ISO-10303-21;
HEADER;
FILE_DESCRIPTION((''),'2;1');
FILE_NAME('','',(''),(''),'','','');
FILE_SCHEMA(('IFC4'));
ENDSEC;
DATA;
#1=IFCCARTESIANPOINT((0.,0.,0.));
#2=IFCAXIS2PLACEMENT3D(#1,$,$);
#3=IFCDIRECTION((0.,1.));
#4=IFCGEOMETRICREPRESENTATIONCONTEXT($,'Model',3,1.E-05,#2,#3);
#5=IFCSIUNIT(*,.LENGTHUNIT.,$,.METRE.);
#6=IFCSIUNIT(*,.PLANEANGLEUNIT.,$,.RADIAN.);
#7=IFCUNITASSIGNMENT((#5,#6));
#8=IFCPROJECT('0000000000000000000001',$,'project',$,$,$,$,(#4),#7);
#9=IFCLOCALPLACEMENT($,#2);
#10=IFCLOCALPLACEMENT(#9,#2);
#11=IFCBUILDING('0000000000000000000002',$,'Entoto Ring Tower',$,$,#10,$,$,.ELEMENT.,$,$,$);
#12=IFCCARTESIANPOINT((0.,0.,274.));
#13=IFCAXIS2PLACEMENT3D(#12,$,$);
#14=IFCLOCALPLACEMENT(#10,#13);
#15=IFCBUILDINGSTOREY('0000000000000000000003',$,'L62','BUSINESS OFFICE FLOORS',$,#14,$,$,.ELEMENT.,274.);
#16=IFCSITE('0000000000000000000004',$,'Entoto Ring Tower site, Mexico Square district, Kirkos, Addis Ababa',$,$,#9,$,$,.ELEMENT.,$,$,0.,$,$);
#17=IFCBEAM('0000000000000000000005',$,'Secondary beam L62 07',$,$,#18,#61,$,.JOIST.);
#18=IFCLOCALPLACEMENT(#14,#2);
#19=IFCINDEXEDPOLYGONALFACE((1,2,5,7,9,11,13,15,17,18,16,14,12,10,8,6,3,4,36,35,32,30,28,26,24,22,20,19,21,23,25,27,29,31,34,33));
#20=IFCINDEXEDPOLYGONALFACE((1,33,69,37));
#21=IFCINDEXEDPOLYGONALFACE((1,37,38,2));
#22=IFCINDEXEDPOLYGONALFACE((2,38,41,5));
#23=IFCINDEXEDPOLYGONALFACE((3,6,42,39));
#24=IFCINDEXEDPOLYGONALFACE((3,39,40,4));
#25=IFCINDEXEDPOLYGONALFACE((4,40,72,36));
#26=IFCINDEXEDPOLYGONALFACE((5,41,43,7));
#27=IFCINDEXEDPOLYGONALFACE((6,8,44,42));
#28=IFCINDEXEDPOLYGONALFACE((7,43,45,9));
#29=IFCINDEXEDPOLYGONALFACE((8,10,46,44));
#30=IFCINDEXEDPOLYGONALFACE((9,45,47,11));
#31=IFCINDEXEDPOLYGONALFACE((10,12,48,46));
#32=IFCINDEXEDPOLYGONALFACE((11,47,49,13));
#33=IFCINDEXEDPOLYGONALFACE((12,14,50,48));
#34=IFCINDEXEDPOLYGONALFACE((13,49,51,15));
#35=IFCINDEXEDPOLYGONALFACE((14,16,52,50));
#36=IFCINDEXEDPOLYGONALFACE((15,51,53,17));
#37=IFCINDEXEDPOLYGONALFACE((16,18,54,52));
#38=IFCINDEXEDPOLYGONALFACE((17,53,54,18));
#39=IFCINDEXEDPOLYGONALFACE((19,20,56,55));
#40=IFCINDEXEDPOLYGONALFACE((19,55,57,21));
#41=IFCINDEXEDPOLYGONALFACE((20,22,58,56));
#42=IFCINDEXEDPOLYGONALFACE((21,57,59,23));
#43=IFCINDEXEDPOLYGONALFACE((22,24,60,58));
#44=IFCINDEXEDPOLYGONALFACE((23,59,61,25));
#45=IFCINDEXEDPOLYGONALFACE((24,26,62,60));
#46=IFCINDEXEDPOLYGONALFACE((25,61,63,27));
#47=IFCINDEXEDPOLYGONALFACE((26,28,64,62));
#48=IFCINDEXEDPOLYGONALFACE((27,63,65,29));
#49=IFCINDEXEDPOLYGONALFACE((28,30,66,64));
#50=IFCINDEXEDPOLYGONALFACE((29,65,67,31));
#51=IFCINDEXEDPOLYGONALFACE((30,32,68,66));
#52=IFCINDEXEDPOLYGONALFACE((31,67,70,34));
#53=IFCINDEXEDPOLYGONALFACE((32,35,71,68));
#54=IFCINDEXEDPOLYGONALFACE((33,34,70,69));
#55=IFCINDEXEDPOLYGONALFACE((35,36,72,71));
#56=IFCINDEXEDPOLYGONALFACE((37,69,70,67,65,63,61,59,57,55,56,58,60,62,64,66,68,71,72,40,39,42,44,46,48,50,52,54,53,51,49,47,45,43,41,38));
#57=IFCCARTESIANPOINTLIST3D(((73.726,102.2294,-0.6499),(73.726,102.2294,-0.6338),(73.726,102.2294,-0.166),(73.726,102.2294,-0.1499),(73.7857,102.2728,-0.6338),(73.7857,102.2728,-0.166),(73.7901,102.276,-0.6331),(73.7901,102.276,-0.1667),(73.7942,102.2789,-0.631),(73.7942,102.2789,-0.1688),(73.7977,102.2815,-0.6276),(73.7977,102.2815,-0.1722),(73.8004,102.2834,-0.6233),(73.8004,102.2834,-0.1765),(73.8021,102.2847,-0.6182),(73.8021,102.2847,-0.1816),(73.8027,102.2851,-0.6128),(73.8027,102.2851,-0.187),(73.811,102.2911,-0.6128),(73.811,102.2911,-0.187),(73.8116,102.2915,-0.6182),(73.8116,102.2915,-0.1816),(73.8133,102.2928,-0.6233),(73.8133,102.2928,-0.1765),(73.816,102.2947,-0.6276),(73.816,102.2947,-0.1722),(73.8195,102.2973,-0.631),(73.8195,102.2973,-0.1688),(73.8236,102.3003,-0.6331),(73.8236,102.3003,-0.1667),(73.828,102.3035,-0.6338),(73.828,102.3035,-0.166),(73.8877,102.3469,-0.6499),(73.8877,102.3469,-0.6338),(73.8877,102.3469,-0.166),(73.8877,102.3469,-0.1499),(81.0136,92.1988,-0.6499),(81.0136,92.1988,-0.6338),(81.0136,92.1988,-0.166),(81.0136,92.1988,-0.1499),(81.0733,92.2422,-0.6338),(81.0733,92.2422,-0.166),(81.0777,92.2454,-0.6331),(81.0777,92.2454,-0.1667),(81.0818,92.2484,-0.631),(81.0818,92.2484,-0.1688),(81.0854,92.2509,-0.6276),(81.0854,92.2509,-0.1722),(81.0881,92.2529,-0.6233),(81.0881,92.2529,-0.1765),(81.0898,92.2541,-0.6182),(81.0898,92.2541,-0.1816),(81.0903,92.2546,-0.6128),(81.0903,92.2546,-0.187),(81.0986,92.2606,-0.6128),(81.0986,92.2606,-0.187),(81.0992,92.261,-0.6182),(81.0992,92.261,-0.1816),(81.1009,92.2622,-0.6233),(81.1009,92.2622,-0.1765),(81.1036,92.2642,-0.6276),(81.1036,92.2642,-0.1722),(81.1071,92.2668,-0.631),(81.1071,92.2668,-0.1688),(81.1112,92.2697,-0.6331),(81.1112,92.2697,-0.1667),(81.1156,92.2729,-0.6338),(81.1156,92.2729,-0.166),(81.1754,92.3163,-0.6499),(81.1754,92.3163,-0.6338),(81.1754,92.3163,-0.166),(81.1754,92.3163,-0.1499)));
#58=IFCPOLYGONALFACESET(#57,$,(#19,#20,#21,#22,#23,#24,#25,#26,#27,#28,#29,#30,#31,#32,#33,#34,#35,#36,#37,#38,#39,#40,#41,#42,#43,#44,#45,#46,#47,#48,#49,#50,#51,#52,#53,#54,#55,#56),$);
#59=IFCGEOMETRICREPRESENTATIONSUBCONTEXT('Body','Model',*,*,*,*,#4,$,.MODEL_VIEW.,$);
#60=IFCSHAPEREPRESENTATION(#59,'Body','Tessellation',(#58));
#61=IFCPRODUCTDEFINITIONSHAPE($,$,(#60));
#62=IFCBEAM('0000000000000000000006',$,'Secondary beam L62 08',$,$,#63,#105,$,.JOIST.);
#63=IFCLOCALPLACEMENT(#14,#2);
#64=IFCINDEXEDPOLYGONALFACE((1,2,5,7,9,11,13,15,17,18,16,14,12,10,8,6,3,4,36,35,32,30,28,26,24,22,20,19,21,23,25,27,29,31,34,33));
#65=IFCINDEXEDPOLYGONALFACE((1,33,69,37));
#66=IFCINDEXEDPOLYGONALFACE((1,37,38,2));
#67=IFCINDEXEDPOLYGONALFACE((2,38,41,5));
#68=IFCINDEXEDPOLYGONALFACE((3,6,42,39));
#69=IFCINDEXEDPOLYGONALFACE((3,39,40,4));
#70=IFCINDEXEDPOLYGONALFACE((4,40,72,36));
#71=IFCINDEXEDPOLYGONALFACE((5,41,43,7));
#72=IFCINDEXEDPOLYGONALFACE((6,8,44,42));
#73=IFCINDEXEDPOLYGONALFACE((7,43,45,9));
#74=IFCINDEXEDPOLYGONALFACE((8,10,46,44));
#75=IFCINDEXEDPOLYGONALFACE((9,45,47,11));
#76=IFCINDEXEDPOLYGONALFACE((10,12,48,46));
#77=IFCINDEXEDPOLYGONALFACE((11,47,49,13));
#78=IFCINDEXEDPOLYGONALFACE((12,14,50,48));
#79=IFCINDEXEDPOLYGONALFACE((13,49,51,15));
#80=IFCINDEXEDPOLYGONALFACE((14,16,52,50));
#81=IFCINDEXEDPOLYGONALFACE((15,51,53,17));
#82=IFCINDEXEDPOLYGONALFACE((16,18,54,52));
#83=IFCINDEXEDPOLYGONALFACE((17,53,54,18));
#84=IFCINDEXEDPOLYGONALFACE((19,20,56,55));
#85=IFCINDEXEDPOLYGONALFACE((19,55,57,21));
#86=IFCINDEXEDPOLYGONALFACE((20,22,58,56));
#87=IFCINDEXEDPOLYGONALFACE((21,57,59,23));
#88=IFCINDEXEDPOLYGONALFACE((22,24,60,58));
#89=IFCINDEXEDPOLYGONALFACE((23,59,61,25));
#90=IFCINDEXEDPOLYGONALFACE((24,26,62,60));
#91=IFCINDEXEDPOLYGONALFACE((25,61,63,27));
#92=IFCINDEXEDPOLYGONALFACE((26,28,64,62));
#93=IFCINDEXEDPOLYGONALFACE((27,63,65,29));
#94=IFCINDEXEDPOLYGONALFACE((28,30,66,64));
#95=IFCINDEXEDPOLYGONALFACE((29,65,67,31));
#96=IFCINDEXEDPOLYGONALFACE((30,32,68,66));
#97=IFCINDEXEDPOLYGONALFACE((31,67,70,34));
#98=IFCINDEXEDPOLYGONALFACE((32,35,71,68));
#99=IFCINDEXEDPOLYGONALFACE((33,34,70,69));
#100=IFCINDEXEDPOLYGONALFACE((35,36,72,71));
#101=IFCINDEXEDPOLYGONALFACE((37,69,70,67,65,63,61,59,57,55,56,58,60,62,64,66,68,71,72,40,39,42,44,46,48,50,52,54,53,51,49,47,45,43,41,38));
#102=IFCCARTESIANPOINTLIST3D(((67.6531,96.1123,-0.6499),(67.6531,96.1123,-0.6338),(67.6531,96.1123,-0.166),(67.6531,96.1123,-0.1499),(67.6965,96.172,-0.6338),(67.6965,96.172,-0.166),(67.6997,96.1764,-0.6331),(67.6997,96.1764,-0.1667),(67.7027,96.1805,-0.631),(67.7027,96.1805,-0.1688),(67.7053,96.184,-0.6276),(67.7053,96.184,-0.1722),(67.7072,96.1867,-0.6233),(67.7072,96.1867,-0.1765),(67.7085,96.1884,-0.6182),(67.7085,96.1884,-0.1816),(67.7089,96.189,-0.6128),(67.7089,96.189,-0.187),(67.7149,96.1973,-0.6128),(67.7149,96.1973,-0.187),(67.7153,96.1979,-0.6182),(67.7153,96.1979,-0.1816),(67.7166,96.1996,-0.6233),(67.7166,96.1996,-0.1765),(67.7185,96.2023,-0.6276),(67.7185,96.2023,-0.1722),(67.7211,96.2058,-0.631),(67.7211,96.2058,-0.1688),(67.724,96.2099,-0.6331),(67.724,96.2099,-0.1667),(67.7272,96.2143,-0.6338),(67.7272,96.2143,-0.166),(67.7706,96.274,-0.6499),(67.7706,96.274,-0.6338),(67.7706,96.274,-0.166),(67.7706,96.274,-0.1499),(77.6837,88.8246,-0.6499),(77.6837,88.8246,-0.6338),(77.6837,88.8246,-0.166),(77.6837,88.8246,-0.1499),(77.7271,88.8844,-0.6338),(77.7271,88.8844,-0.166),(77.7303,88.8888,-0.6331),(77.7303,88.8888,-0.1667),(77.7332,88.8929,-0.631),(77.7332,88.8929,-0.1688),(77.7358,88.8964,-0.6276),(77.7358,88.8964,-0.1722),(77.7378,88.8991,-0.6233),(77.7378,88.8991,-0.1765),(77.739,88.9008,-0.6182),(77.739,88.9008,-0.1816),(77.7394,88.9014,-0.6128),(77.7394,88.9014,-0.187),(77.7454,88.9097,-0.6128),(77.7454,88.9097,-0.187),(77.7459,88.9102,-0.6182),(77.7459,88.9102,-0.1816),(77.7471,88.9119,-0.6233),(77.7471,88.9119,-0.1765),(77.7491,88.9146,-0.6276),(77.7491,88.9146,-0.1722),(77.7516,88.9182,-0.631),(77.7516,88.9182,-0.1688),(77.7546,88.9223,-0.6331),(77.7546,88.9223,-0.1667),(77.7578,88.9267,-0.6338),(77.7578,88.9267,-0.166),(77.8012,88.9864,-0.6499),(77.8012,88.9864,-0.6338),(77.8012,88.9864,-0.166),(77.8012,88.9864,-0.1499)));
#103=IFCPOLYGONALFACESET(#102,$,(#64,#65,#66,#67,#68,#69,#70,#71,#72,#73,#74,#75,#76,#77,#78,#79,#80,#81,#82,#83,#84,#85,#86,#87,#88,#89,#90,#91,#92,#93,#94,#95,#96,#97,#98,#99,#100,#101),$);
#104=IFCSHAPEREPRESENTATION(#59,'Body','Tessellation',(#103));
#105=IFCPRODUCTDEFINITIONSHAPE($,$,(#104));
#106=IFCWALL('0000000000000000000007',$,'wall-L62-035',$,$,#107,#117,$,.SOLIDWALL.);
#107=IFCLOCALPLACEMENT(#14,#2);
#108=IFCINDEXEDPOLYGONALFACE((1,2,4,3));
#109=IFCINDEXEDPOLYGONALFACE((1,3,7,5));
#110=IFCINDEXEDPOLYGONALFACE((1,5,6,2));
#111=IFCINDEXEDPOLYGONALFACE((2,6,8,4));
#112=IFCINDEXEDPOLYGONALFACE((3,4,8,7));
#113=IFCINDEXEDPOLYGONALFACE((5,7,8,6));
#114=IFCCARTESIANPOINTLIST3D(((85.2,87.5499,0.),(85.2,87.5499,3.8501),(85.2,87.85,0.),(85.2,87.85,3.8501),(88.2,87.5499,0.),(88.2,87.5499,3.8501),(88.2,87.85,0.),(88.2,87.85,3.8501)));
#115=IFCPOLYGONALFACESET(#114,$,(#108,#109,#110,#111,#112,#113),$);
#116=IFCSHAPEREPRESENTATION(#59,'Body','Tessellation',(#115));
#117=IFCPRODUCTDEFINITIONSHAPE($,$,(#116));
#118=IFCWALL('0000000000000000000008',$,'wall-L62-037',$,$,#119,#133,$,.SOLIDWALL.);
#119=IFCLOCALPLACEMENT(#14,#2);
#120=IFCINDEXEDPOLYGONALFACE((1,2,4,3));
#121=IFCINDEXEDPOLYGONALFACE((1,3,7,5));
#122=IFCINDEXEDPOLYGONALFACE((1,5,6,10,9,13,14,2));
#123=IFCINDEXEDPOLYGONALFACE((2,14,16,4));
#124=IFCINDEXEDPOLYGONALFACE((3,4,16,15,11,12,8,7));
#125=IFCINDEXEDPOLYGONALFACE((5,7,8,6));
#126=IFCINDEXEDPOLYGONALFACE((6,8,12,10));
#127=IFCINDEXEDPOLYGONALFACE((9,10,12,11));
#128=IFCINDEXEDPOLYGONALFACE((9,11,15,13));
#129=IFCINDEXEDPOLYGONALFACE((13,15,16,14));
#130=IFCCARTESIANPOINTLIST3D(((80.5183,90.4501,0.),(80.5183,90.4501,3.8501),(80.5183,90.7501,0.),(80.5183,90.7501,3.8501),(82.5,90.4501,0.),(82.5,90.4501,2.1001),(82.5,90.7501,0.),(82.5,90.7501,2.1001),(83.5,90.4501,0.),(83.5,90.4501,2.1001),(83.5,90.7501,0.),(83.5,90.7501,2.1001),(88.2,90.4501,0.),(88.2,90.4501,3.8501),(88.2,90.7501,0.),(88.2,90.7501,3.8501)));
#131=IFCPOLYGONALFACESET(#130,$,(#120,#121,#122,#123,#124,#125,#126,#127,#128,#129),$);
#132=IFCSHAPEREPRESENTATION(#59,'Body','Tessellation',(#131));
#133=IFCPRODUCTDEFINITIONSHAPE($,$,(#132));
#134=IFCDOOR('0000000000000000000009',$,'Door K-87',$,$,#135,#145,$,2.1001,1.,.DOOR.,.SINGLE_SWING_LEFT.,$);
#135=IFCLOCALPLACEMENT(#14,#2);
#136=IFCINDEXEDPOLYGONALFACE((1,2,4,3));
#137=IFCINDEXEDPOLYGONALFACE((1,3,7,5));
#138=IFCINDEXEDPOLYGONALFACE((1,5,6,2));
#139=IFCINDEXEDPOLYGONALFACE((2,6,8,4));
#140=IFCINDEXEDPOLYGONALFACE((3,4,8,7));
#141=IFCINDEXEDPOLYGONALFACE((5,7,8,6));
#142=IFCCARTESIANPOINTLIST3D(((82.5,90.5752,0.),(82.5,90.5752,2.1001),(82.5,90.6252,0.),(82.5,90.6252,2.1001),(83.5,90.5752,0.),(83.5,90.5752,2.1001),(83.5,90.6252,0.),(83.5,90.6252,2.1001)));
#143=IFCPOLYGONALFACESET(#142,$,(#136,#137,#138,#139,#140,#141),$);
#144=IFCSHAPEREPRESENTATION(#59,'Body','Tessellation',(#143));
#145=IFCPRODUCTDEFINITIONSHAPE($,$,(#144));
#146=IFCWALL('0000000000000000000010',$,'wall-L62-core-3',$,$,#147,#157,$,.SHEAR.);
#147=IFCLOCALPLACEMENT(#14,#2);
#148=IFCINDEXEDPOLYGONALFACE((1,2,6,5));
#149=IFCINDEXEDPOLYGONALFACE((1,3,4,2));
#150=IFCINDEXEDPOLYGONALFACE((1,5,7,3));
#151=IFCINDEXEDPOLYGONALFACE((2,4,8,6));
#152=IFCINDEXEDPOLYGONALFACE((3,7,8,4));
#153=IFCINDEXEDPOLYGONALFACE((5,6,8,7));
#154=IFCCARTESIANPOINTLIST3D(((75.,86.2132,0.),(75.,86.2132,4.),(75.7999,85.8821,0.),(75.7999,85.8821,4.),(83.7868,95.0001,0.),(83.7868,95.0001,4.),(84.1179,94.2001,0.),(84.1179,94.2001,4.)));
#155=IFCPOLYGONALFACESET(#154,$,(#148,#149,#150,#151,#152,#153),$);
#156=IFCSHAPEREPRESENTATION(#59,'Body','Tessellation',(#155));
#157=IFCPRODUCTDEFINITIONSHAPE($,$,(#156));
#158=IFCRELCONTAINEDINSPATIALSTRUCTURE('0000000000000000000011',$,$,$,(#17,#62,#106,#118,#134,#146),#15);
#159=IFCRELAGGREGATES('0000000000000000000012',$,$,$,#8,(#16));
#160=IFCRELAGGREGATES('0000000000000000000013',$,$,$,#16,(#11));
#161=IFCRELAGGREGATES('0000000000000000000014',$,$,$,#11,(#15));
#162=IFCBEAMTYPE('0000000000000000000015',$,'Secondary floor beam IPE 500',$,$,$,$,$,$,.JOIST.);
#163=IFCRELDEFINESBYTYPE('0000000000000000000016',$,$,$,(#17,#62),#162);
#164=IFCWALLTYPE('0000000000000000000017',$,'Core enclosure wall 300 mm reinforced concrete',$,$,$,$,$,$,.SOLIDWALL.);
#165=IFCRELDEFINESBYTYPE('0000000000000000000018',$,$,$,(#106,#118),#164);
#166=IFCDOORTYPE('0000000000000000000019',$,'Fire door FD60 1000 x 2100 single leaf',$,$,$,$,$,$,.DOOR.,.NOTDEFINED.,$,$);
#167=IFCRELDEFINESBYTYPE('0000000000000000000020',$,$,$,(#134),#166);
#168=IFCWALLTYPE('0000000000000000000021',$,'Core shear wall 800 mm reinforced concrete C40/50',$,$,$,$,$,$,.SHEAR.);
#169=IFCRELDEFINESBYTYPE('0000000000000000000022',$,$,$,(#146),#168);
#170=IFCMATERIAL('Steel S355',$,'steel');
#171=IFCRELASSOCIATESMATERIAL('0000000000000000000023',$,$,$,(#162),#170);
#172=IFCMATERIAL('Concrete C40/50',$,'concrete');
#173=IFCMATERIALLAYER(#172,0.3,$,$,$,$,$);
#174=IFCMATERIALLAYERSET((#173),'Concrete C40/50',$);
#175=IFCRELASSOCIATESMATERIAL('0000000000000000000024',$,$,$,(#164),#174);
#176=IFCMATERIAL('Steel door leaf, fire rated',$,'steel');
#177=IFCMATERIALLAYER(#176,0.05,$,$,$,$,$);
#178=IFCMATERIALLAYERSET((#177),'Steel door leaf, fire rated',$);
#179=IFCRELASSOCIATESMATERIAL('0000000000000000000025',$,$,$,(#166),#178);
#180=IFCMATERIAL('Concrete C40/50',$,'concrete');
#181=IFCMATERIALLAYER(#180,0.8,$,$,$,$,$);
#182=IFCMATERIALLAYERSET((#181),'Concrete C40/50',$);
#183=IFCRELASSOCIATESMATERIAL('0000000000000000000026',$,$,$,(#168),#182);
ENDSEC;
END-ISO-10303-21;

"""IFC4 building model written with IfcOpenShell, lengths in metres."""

from ifc_helpers import new_model, si_unit, direction, frame, frame_2d, origin, origin_2d, place, context, subcontext, project, spatial, polyline, rectangle, i_section, outline, extrude, material, layer, layer_set, material_profile, profile_set, type_object, element, fill, save


model = new_model("IFC4")

# Units and contexts
model_context = context("Model", 3, precision=1e-05, world=origin(), true_north=direction((0.0, 1.0)))
body_context = subcontext(model_context, "Body", "Model", "MODEL_VIEW")
ifc_project = project(units=[si_unit("LENGTHUNIT", "METRE"), si_unit("PLANEANGLEUNIT", "RADIAN")], contexts=[model_context])

# Site, building, storey
site_placement = place(None, origin())
site = spatial("IfcSite", under=ifc_project, at=site_placement, Name="Entoto Ring Tower site, Mexico Square district, Kirkos, Addis Ababa", CompositionType="ELEMENT", RefElevation=0.0)
building_placement = place(site_placement, origin())
building = spatial("IfcBuilding", under=site, at=building_placement, Name="Entoto Ring Tower", CompositionType="ELEMENT")
storey_placement = place(building_placement, frame((0.0, 0.0, 274.0)))
storey = spatial("IfcBuildingStorey", under=building, at=storey_placement, Name="L62", Description="BUSINESS OFFICE FLOORS", CompositionType="ELEMENT", Elevation=274.0)

# Beams
ifc_material_1 = material(Name="Steel S355", Category="steel")
ifc_material_profile_1 = material_profile(ifc_material_1, i_section(OverallWidth=0.2, OverallDepth=0.5, WebThickness=0.0103, FlangeThickness=0.0161, FilletRadius=0.021, at=origin_2d()), Name="IPE 500")
ifc_profile_set_1 = profile_set([ifc_material_profile_1], Name="Steel S355")
beam_type_1 = type_object("IfcBeamType", Name="Secondary floor beam IPE 500", PredefinedType="JOIST", material=ifc_profile_set_1)
for number, where, z_axis, x_axis, name in (
    (1, (81.0945, 92.2576, -0.3999), (-0.587785, 0.809017, 0.0), (-0.809017, -0.587785, 0.0), "Secondary beam L62 07"),
    (2, (77.7424, 88.9055, -0.3999), (-0.809017, 0.587785, 0.0), (-0.587785, -0.809017, 0.0), "Secondary beam L62 08"),
):
    element("IfcBeam", number, at=place(storey_placement, frame(where, z_axis=z_axis, x_axis=x_axis)), inside=storey, type_object=beam_type_1, Name=name, PredefinedType="JOIST", context=body_context, shape_type="SweptSolid", body=[
        extrude(i_section(OverallWidth=0.2, OverallDepth=0.5, WebThickness=0.0103, FlangeThickness=0.0161, FilletRadius=0.021, at=origin_2d()), origin(), (0.0, 0.0, 1.0), 12.3984),
    ])

# Wall
ifc_material_2 = material(Name="Concrete C40/50", Category="concrete")
ifc_layer_1 = layer(ifc_material_2, 0.3)
ifc_layer_set_1 = layer_set([ifc_layer_1], Name="Concrete C40/50")
wall_type_1 = type_object("IfcWallType", Name="Core enclosure wall 300 mm reinforced concrete", PredefinedType="SOLIDWALL", material=ifc_layer_set_1)
wall_1_placement = place(storey_placement, frame((85.2, 87.7, 0.0), z_axis=(0.0, 0.0, 1.0), x_axis=(1.0, 0.0, 0.0)))
element("IfcWall", 3, at=wall_1_placement, inside=storey, type_object=wall_type_1, Name="wall-L62-035", PredefinedType="SOLIDWALL", context=body_context, shape_type="SweptSolid", body=[
    extrude(rectangle(XDim=3.0, YDim=0.3, at=frame_2d((1.5, 0.0))), origin(), (0.0, 0.0, 1.0), 3.8501),
])

# Wall, opening, door
wall_2_placement = place(storey_placement, frame((80.5183, 90.6001, 0.0), z_axis=(0.0, 0.0, 1.0), x_axis=(1.0, 0.0, 0.0)))
wall_2 = element("IfcWall", 4, at=wall_2_placement, inside=storey, type_object=wall_type_1, Name="wall-L62-037", PredefinedType="SOLIDWALL", context=body_context, shape_type="SweptSolid", body=[
    extrude(rectangle(XDim=7.6816, YDim=0.3, at=frame_2d((3.8408, 0.0))), origin(), (0.0, 0.0, 1.0), 3.8501),
])
opening_1_placement = place(wall_2_placement, frame((1.9817, 0.0, 0.0)))
opening_1 = element("IfcOpeningElement", 5, at=opening_1_placement, cuts=wall_2, PredefinedType="OPENING", context=body_context, shape_type="SweptSolid", body=[
    extrude(rectangle(XDim=1.0, YDim=2.1001, at=frame_2d((0.5, 1.05))), frame((0.0, 0.1602, 0.0), z_axis=(0.0, -1.0, 0.0), x_axis=(1.0, 0.0, 0.0)), (0.0, 0.0, 1.0), 0.3201),
])
ifc_material_3 = material(Name="Steel door leaf, fire rated", Category="steel")
ifc_layer_2 = layer(ifc_material_3, 0.05)
ifc_layer_set_2 = layer_set([ifc_layer_2], Name="Steel door leaf, fire rated")
door_type_1 = type_object("IfcDoorType", Name="Fire door FD60 1000 x 2100 single leaf", OperationType="NOTDEFINED", PredefinedType="DOOR", material=ifc_layer_set_2)
door_1_placement = place(opening_1_placement, frame((1.0, 0.0, 0.0), z_axis=(0.0, 0.0, 1.0), x_axis=(-1.0, 0.0, 0.0)))
door_1 = element("IfcDoor", 6, at=door_1_placement, inside=storey, type_object=door_type_1, Name="Door K-87", OperationType="SINGLE_SWING_LEFT", OverallHeight=2.1001, OverallWidth=1.0, PredefinedType="DOOR", context=body_context, shape_type="SweptSolid", body=[
    extrude(rectangle(XDim=1.0, YDim=2.1001, at=frame_2d((0.5, 1.05))), frame((0.0, 0.0249, 0.0), z_axis=(0.0, -1.0, 0.0), x_axis=(1.0, 0.0, 0.0)), (0.0, 0.0, 1.0), 0.05),
])
fill(opening_1, door_1)

# Wall
ifc_material_4 = material(Name="Concrete C40/50", Category="concrete")
ifc_layer_3 = layer(ifc_material_4, 0.8)
ifc_layer_set_3 = layer_set([ifc_layer_3], Name="Concrete C40/50")
wall_type_2 = type_object("IfcWallType", Name="Core shear wall 800 mm reinforced concrete C40/50", PredefinedType="SHEAR", material=ifc_layer_set_3)
wall_3_placement = place(storey_placement, frame((83.9524, 94.6001, 0.0), z_axis=(0.0, 0.0, 1.0), x_axis=(-0.707107, -0.707107, 0.0)))
element("IfcWall", 7, at=wall_3_placement, inside=storey, type_object=wall_type_2, Name="wall-L62-core-3", PredefinedType="SHEAR", context=body_context, shape_type="SweptSolid", body=[
    extrude(outline(polyline([(-0.1658, -0.3999), (12.2607, -0.3999), (11.9292, 0.3999), (0.1658, 0.3999), (-0.1658, -0.3999)])), origin(), (0.0, 0.0, 1.0), 4.0),
])

save(model, "model.ifc")
